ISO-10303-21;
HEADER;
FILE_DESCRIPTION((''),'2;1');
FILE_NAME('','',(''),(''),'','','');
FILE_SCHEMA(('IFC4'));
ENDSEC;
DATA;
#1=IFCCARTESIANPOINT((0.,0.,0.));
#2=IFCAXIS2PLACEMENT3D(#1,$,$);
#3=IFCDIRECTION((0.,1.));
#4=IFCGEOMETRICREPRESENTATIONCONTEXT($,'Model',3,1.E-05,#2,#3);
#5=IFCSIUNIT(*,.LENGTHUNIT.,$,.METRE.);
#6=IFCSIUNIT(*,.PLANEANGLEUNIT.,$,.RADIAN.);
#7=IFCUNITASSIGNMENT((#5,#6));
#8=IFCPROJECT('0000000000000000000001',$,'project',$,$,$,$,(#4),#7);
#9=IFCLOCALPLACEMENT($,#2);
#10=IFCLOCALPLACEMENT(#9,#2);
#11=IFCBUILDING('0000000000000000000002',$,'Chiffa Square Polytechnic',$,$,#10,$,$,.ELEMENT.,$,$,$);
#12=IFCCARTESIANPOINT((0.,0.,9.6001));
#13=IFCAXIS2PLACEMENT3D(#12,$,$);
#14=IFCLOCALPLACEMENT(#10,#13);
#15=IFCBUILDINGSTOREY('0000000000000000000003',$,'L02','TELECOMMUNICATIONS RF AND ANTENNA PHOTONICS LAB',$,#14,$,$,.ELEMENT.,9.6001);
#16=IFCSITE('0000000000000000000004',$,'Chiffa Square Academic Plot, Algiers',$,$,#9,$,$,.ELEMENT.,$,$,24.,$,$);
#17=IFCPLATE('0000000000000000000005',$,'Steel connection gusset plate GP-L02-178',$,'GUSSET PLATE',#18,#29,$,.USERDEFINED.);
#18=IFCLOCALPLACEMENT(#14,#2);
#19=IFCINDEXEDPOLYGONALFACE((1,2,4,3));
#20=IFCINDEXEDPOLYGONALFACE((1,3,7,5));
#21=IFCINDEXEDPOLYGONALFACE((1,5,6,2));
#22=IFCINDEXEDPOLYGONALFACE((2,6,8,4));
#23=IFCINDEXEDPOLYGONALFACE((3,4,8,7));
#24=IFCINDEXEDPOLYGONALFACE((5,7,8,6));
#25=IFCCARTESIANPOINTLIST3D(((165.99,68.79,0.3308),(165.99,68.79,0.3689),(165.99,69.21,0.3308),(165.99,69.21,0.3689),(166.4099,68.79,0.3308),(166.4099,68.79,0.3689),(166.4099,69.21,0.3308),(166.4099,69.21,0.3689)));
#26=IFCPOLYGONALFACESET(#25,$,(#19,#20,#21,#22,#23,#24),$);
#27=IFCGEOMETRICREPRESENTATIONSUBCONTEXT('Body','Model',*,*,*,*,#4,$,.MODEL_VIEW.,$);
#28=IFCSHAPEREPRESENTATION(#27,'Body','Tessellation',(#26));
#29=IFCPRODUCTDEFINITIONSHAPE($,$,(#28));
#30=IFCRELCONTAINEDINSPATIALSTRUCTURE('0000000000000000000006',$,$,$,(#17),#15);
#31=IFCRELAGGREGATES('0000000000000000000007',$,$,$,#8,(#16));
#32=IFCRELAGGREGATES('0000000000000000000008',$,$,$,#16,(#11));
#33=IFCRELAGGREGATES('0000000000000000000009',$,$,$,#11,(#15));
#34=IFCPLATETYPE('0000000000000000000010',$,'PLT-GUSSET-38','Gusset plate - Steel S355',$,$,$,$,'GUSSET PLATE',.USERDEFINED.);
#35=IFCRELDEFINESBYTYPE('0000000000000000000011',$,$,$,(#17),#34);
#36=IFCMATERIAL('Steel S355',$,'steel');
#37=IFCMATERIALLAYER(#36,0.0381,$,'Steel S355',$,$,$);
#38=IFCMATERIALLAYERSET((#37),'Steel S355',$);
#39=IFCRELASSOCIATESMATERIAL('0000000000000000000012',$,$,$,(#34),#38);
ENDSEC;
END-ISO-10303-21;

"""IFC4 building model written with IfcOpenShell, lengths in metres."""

from ifc_helpers import new_model, si_unit, direction, frame, origin, origin_2d, place, context, subcontext, project, spatial, rectangle, extrude, material, layer, layer_set, type_object, element, save


model = new_model("IFC4")

# Units and contexts
model_context = context("Model", 3, precision=1e-05, world=origin(), true_north=direction((0.0, 1.0)))
body_context = subcontext(model_context, "Body", "Model", "MODEL_VIEW")
ifc_project = project(units=[si_unit("LENGTHUNIT", "METRE"), si_unit("PLANEANGLEUNIT", "RADIAN")], contexts=[model_context])

# Site, building, storey
site_placement = place(None, origin())
site = spatial("IfcSite", under=ifc_project, at=site_placement, Name="Chiffa Square Academic Plot, Algiers", CompositionType="ELEMENT", RefElevation=24.0)
building_placement = place(site_placement, origin())
building = spatial("IfcBuilding", under=site, at=building_placement, Name="Chiffa Square Polytechnic", CompositionType="ELEMENT")
storey_placement = place(building_placement, frame((0.0, 0.0, 9.6001)))
storey = spatial("IfcBuildingStorey", under=building, at=storey_placement, Name="L02", Description="TELECOMMUNICATIONS RF AND ANTENNA PHOTONICS LAB", CompositionType="ELEMENT", Elevation=9.6001)

# Shared definitions
ifc_material = material(Name="Steel S355", Category="steel")

# Plate
ifc_layer = layer(ifc_material, 0.0381, Name="Steel S355")
ifc_layer_set = layer_set([ifc_layer], Name="Steel S355")
plate_type = type_object("IfcPlateType", Name="PLT-GUSSET-38", Description="Gusset plate - Steel S355", ElementType="GUSSET PLATE", PredefinedType="USERDEFINED", material=ifc_layer_set)
for number, where, z_axis, x_axis, name in (
    (1, (166.2, 69.0, 0.3308), (0.0, 0.0, 1.0), (1.0, 0.0, 0.0), "Steel connection gusset plate GP-L02-178"),
):
    element("IfcPlate", number, at=place(storey_placement, frame(where, z_axis=z_axis, x_axis=x_axis)), inside=storey, type_object=plate_type, Name=name, ObjectType="GUSSET PLATE", PredefinedType="USERDEFINED", context=body_context, shape_type="SweptSolid", body=[
        extrude(rectangle(XDim=0.4199, YDim=0.4199, at=origin_2d()), origin(), (0.0, 0.0, 1.0), 0.0381),
    ])

save(model, "model.ifc")
